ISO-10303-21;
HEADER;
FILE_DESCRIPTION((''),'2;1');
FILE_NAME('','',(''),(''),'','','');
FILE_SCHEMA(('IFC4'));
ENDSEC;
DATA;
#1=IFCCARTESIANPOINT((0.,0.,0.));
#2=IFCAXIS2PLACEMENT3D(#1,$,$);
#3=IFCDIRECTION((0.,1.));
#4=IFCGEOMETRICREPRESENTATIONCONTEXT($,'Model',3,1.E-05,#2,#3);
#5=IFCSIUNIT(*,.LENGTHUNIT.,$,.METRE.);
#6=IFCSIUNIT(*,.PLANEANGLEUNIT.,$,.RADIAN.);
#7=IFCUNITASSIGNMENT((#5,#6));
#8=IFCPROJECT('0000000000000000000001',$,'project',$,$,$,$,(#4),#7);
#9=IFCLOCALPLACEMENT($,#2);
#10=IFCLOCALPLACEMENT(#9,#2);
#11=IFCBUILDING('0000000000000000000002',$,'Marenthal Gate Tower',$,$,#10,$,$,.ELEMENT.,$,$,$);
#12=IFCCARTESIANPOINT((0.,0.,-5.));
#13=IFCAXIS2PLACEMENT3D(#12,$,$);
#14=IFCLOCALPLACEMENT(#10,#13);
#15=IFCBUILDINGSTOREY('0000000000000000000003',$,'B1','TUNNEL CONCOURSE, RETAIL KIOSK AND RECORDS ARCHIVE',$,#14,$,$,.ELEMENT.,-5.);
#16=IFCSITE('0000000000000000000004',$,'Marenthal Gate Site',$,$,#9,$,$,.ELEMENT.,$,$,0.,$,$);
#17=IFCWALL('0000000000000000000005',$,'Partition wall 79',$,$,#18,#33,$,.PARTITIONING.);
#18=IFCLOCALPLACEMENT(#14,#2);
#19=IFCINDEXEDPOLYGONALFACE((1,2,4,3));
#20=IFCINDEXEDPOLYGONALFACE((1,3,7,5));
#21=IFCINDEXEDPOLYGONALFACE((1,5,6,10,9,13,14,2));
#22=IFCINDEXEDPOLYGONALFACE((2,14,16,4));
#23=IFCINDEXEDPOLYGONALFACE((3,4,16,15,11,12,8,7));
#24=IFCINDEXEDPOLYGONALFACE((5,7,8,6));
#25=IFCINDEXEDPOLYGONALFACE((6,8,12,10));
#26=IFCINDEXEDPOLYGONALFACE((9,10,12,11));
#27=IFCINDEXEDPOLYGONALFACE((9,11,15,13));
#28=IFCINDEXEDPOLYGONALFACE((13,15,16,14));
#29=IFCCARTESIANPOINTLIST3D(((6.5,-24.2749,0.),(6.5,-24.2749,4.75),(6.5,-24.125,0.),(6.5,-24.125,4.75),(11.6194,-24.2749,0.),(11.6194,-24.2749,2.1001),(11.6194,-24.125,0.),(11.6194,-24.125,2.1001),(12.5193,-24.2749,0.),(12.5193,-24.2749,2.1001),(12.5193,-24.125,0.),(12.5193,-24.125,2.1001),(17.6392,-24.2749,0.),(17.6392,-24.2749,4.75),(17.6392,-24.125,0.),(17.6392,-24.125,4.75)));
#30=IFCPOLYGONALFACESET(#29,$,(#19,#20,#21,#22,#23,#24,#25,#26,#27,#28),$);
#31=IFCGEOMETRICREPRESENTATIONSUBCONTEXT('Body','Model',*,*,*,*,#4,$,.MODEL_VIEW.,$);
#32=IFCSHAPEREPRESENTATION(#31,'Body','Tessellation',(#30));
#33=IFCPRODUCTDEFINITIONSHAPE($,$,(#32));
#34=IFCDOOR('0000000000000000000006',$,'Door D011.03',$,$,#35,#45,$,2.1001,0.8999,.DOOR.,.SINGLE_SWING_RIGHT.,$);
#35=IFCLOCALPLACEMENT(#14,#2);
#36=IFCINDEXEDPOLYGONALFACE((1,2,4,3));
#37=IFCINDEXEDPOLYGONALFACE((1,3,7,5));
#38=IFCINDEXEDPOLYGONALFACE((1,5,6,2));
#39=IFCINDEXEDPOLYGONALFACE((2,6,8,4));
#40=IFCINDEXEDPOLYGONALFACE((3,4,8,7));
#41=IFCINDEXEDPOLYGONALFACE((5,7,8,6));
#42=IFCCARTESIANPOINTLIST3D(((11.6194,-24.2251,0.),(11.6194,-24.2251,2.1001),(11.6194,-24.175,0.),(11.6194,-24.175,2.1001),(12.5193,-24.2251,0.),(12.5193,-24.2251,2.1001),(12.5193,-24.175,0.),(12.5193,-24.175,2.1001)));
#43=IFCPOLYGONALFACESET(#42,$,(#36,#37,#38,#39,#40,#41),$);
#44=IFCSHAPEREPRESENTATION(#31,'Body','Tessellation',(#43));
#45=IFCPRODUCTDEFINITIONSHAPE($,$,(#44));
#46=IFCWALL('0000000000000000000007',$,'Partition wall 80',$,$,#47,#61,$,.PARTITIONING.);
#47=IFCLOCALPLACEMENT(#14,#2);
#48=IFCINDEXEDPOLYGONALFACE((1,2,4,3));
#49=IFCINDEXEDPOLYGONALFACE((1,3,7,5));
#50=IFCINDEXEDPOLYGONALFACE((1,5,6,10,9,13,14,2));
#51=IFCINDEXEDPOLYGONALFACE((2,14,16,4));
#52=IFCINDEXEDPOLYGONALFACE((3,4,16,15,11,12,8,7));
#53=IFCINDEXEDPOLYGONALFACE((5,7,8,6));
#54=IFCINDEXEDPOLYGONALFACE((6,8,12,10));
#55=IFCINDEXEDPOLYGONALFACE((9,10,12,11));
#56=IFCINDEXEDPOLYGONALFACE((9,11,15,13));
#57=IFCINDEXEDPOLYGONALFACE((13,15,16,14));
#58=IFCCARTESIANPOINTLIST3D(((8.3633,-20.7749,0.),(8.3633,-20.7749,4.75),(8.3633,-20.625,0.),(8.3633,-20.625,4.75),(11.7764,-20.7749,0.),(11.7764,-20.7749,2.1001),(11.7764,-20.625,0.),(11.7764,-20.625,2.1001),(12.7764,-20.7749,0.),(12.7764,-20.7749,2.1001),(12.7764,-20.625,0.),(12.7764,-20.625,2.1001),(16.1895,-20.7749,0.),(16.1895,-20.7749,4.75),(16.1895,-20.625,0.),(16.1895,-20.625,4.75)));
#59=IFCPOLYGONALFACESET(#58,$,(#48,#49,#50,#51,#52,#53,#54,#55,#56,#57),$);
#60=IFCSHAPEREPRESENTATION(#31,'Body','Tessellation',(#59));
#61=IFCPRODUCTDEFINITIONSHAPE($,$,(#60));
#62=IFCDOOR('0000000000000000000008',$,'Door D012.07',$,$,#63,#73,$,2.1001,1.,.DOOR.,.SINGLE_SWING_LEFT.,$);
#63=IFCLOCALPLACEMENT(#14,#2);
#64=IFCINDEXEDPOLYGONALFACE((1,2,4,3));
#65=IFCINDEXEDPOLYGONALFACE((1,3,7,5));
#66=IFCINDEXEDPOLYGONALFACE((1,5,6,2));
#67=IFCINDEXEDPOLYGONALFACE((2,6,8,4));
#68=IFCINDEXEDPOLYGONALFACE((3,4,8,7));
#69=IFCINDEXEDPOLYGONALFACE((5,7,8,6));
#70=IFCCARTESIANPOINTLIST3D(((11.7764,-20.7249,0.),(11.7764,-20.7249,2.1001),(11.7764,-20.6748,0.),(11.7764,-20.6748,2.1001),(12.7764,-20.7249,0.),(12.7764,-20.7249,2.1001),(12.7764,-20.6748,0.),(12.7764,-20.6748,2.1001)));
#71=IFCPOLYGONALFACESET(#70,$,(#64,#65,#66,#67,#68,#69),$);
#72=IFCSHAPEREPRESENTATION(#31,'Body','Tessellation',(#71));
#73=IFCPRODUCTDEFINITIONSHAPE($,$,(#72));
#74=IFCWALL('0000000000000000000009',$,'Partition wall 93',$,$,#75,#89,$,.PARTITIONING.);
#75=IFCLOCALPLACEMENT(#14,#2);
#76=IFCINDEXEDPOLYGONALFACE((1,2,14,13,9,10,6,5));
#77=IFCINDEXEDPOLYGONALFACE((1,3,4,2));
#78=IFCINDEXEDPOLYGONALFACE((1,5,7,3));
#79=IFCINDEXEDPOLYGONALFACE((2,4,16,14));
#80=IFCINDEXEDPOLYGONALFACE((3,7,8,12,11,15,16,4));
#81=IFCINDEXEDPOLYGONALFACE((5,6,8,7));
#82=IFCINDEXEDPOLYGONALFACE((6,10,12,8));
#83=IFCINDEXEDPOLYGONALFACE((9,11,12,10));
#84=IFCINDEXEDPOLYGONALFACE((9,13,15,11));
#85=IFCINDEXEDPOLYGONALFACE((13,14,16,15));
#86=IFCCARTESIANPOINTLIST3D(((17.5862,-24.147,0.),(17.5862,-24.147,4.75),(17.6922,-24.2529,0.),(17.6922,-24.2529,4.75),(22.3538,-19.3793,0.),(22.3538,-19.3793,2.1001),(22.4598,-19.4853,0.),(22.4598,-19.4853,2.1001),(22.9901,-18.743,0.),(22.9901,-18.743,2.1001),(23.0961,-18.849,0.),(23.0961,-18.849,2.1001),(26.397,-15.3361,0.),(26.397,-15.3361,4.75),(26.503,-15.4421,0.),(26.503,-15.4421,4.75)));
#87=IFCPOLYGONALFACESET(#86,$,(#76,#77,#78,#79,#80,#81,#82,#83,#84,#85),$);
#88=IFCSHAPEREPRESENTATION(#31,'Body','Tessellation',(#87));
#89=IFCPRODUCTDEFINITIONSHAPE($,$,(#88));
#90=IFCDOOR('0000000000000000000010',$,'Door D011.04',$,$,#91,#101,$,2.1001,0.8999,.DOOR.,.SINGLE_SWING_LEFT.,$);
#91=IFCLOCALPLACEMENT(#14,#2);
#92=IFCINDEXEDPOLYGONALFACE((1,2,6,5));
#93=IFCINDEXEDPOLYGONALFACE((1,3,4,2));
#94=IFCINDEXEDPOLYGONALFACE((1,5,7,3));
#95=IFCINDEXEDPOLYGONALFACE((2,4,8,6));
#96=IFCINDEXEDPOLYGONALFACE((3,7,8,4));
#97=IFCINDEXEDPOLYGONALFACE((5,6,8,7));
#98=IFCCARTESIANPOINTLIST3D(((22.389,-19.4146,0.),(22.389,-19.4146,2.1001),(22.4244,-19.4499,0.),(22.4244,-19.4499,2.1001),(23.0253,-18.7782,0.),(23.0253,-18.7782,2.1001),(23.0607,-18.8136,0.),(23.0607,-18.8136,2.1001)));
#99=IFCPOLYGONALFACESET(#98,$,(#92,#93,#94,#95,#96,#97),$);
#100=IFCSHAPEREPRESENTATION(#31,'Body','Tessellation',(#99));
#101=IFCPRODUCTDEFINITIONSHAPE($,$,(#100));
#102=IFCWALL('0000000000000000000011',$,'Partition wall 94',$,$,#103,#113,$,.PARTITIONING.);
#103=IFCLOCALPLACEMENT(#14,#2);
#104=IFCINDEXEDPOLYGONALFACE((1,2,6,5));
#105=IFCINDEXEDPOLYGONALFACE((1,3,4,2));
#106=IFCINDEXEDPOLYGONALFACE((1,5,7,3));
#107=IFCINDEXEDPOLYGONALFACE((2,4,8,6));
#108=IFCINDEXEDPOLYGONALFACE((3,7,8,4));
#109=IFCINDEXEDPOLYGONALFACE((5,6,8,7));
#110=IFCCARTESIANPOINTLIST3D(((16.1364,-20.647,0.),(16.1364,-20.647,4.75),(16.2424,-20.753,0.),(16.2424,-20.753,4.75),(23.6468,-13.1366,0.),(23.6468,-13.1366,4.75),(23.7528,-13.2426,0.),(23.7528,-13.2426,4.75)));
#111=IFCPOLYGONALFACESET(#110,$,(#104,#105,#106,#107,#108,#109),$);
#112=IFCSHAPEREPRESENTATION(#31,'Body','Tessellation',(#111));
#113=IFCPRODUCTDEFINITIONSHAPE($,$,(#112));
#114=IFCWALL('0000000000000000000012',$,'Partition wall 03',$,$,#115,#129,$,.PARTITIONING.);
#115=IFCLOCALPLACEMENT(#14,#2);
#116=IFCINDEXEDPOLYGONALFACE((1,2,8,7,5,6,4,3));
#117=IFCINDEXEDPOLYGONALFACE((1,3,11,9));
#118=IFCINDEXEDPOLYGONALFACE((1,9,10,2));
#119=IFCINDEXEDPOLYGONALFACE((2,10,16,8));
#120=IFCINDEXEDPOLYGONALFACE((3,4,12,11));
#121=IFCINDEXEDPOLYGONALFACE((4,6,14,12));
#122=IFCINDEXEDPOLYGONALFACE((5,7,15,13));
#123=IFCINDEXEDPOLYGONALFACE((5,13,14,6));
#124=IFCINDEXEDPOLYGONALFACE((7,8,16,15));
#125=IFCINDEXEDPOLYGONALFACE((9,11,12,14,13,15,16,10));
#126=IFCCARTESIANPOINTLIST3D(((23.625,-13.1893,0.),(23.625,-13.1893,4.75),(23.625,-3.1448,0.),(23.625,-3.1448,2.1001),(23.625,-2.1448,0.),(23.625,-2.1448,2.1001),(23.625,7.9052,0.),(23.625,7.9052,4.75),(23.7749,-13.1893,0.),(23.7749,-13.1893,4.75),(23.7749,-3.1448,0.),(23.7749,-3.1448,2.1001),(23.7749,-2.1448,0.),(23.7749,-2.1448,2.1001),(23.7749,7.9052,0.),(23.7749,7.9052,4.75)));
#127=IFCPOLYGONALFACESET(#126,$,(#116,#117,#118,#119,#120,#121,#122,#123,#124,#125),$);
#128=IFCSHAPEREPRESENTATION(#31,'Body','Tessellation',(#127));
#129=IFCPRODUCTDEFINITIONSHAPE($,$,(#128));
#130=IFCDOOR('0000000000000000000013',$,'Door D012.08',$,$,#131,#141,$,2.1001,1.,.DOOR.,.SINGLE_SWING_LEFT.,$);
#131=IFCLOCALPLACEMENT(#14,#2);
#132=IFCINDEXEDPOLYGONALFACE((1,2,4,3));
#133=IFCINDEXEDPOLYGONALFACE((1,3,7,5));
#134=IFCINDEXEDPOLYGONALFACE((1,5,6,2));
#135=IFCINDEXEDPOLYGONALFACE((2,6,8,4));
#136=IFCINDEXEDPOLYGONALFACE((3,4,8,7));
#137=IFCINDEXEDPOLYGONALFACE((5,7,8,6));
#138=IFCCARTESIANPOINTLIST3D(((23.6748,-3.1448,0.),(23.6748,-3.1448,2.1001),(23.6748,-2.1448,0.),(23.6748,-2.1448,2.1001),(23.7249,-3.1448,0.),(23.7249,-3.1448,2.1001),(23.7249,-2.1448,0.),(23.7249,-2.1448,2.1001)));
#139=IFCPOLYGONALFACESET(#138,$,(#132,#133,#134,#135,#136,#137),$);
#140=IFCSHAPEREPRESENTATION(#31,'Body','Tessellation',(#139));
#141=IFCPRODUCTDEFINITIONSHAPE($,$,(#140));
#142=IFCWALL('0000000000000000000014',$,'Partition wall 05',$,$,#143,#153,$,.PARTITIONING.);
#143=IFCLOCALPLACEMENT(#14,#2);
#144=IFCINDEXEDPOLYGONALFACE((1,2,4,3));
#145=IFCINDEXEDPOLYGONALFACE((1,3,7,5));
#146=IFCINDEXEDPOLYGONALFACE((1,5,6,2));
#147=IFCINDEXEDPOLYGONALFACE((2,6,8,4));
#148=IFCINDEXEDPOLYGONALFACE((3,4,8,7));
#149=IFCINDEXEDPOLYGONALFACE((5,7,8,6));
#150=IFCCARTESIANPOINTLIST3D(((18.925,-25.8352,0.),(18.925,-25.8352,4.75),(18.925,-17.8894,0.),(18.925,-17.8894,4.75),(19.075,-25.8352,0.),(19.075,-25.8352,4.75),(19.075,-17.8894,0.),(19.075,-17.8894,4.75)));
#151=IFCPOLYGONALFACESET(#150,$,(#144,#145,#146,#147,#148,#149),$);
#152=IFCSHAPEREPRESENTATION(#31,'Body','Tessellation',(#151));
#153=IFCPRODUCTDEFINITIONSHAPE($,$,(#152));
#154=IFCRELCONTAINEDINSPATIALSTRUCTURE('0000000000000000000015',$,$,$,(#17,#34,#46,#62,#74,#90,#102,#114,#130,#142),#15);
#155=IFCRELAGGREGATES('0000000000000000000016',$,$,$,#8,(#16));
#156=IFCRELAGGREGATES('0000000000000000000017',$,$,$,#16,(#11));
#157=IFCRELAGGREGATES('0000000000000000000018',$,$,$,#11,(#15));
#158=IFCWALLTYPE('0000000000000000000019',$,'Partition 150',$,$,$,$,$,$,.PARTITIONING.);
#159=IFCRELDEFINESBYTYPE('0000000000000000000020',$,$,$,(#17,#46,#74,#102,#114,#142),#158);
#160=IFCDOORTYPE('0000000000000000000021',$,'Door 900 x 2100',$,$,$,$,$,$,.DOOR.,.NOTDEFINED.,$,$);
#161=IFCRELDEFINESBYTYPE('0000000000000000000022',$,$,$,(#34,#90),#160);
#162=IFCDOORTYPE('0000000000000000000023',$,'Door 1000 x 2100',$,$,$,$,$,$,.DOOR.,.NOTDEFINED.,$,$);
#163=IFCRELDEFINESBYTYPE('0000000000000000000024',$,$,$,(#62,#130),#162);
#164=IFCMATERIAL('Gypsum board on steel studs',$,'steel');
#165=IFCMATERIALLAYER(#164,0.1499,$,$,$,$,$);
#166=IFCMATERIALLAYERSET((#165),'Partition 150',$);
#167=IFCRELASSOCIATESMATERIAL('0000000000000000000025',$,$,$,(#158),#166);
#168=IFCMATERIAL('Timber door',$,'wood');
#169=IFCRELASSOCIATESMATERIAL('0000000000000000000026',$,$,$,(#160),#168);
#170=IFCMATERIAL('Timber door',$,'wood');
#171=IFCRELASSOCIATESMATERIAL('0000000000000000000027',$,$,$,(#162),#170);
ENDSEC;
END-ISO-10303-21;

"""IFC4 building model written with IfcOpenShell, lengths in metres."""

from ifc_helpers import new_model, si_unit, direction, frame, frame_2d, origin, place, context, subcontext, project, spatial, rectangle, extrude, material, layer, layer_set, type_object, element, fill, save


model = new_model("IFC4")

# Units and contexts
model_context = context("Model", 3, precision=1e-05, world=origin(), true_north=direction((0.0, 1.0)))
body_context = subcontext(model_context, "Body", "Model", "MODEL_VIEW")
ifc_project = project(units=[si_unit("LENGTHUNIT", "METRE"), si_unit("PLANEANGLEUNIT", "RADIAN")], contexts=[model_context])

# Site, building, storey
site_placement = place(None, origin())
site = spatial("IfcSite", under=ifc_project, at=site_placement, Name="Marenthal Gate Site", CompositionType="ELEMENT", RefElevation=0.0)
building_placement = place(site_placement, origin())
building = spatial("IfcBuilding", under=site, at=building_placement, Name="Marenthal Gate Tower", CompositionType="ELEMENT")
storey_placement = place(building_placement, frame((0.0, 0.0, -5.0)))
storey = spatial("IfcBuildingStorey", under=building, at=storey_placement, Name="B1", Description="TUNNEL CONCOURSE, RETAIL KIOSK AND RECORDS ARCHIVE", CompositionType="ELEMENT", Elevation=-5.0)

# Shared definitions
ifc_material_1 = material(Name="Gypsum board on steel studs", Category="steel")
ifc_layer_1 = layer(ifc_material_1, 0.1499)
ifc_layer_set_1 = layer_set([ifc_layer_1], Name="Partition 150")
wall_type_1 = type_object("IfcWallType", Name="Partition 150", PredefinedType="PARTITIONING", material=ifc_layer_set_1)

# Walls, openings, doors
wall_1_placement = place(storey_placement, frame((6.5, -24.2, 0.0), z_axis=(0.0, 0.0, 1.0), x_axis=(1.0, 0.0, 0.0)))
wall_1 = element("IfcWall", 1, at=wall_1_placement, inside=storey, type_object=wall_type_1, Name="Partition wall 79", PredefinedType="PARTITIONING", context=body_context, shape_type="SweptSolid", body=[
    extrude(rectangle(XDim=11.1392, YDim=0.1499, at=frame_2d((5.5696, 0.0))), origin(), (0.0, 0.0, 1.0), 4.75),
])
opening_1_placement = place(wall_1_placement, frame((5.1194, 0.0, 0.0)))
opening_1 = element("IfcOpeningElement", 2, at=opening_1_placement, cuts=wall_1, PredefinedType="OPENING", context=body_context, shape_type="SweptSolid", body=[
    extrude(rectangle(XDim=0.8999, YDim=2.1001, at=frame_2d((0.45, 1.05))), frame((0.0, 0.085, 0.0), z_axis=(0.0, -1.0, 0.0), x_axis=(1.0, 0.0, 0.0)), (0.0, 0.0, 1.0), 0.1699),
])
ifc_material_2 = material(Name="Timber door", Category="wood")
door_type_1 = type_object("IfcDoorType", Name="Door 900 x 2100", OperationType="NOTDEFINED", PredefinedType="DOOR", material=ifc_material_2)
door_1_placement = place(opening_1_placement, origin())
door_1 = element("IfcDoor", 3, at=door_1_placement, inside=storey, type_object=door_type_1, Name="Door D011.03", OperationType="SINGLE_SWING_RIGHT", OverallHeight=2.1001, OverallWidth=0.8999, PredefinedType="DOOR", context=body_context, shape_type="SweptSolid", body=[
    extrude(rectangle(XDim=0.8999, YDim=2.1001, at=frame_2d((0.45, 1.05))), frame((0.0, 0.0249, 0.0), z_axis=(0.0, -1.0, 0.0), x_axis=(1.0, 0.0, 0.0)), (0.0, 0.0, 1.0), 0.05),
])
fill(opening_1, door_1)
wall_2_placement = place(storey_placement, frame((8.3633, -20.7, 0.0), z_axis=(0.0, 0.0, 1.0), x_axis=(1.0, 0.0, 0.0)))
wall_2 = element("IfcWall", 4, at=wall_2_placement, inside=storey, type_object=wall_type_1, Name="Partition wall 80", PredefinedType="PARTITIONING", context=body_context, shape_type="SweptSolid", body=[
    extrude(rectangle(XDim=7.8262, YDim=0.1499, at=frame_2d((3.9131, 0.0))), origin(), (0.0, 0.0, 1.0), 4.75),
])
opening_2_placement = place(wall_2_placement, frame((3.4131, 0.0, 0.0)))
opening_2 = element("IfcOpeningElement", 5, at=opening_2_placement, cuts=wall_2, PredefinedType="OPENING", context=body_context, shape_type="SweptSolid", body=[
    extrude(rectangle(XDim=1.0, YDim=2.1001, at=frame_2d((0.5, 1.05))), frame((0.0, 0.085, 0.0), z_axis=(0.0, -1.0, 0.0), x_axis=(1.0, 0.0, 0.0)), (0.0, 0.0, 1.0), 0.1699),
])
ifc_material_3 = material(Name="Timber door", Category="wood")
door_type_2 = type_object("IfcDoorType", Name="Door 1000 x 2100", OperationType="NOTDEFINED", PredefinedType="DOOR", material=ifc_material_3)
door_2_placement = place(opening_2_placement, frame((1.0, 0.0, 0.0), z_axis=(0.0, 0.0, 1.0), x_axis=(-1.0, 0.0, 0.0)))
door_2 = element("IfcDoor", 6, at=door_2_placement, inside=storey, type_object=door_type_2, Name="Door D012.07", OperationType="SINGLE_SWING_LEFT", OverallHeight=2.1001, OverallWidth=1.0, PredefinedType="DOOR", context=body_context, shape_type="SweptSolid", body=[
    extrude(rectangle(XDim=1.0, YDim=2.1001, at=frame_2d((0.5, 1.05))), frame((0.0, 0.0249, 0.0), z_axis=(0.0, -1.0, 0.0), x_axis=(1.0, 0.0, 0.0)), (0.0, 0.0, 1.0), 0.05),
])
fill(opening_2, door_2)
wall_3_placement = place(storey_placement, frame((17.6392, -24.2, 0.0), z_axis=(0.0, 0.0, 1.0), x_axis=(0.707107, 0.707107, 0.0)))
wall_3 = element("IfcWall", 7, at=wall_3_placement, inside=storey, type_object=wall_type_1, Name="Partition wall 93", PredefinedType="PARTITIONING", context=body_context, shape_type="SweptSolid", body=[
    extrude(rectangle(XDim=12.4604, YDim=0.1499, at=frame_2d((6.2302, 0.0))), origin(), (0.0, 0.0, 1.0), 4.75),
])
opening_3_placement = place(wall_3_placement, frame((6.7424, 0.0, 0.0)))
opening_3 = element("IfcOpeningElement", 8, at=opening_3_placement, cuts=wall_3, PredefinedType="OPENING", context=body_context, shape_type="SweptSolid", body=[
    extrude(rectangle(XDim=0.8999, YDim=2.1001, at=frame_2d((0.45, 1.05))), frame((0.0, 0.085, 0.0), z_axis=(0.0, -1.0, 0.0), x_axis=(1.0, 0.0, 0.0)), (0.0, 0.0, 1.0), 0.1699),
])
door_3_placement = place(opening_3_placement, frame((0.8999, 0.0, 0.0), z_axis=(0.0, 0.0, 1.0), x_axis=(-1.0, 0.0, 0.0)))
door_3 = element("IfcDoor", 9, at=door_3_placement, inside=storey, type_object=door_type_1, Name="Door D011.04", OperationType="SINGLE_SWING_LEFT", OverallHeight=2.1001, OverallWidth=0.8999, PredefinedType="DOOR", context=body_context, shape_type="SweptSolid", body=[
    extrude(rectangle(XDim=0.8999, YDim=2.1001, at=frame_2d((0.45, 1.05))), frame((0.0, 0.0249, 0.0), z_axis=(0.0, -1.0, 0.0), x_axis=(1.0, 0.0, 0.0)), (0.0, 0.0, 1.0), 0.05),
])
fill(opening_3, door_3)

# Wall
wall_4_placement = place(storey_placement, frame((16.1895, -20.7, 0.0), z_axis=(0.0, 0.0, 1.0), x_axis=(0.707107, 0.707107, 0.0)))
element("IfcWall", 10, at=wall_4_placement, inside=storey, type_object=wall_type_1, Name="Partition wall 94", PredefinedType="PARTITIONING", context=body_context, shape_type="SweptSolid", body=[
    extrude(rectangle(XDim=10.6213, YDim=0.1499, at=frame_2d((5.3105, 0.0))), origin(), (0.0, 0.0, 1.0), 4.75),
])

# Wall, opening, door
wall_5_placement = place(storey_placement, frame((23.7, -13.1895, 0.0), z_axis=(0.0, 0.0, 1.0), x_axis=(0.0, 1.0, 0.0)))
wall_5 = element("IfcWall", 11, at=wall_5_placement, inside=storey, type_object=wall_type_1, Name="Partition wall 03", PredefinedType="PARTITIONING", context=body_context, shape_type="SweptSolid", body=[
    extrude(rectangle(XDim=21.0945, YDim=0.1499, at=frame_2d((10.5474, 0.0))), origin(), (0.0, 0.0, 1.0), 4.75),
])
opening_4_placement = place(wall_5_placement, frame((10.0447, 0.0, 0.0)))
opening_4 = element("IfcOpeningElement", 12, at=opening_4_placement, cuts=wall_5, PredefinedType="OPENING", context=body_context, shape_type="SweptSolid", body=[
    extrude(rectangle(XDim=1.0, YDim=2.1001, at=frame_2d((0.5, 1.05))), frame((0.0, 0.085, 0.0), z_axis=(0.0, -1.0, 0.0), x_axis=(1.0, 0.0, 0.0)), (0.0, 0.0, 1.0), 0.1699),
])
door_4_placement = place(opening_4_placement, frame((1.0, 0.0, 0.0), z_axis=(0.0, 0.0, 1.0), x_axis=(-1.0, 0.0, 0.0)))
door_4 = element("IfcDoor", 13, at=door_4_placement, inside=storey, type_object=door_type_2, Name="Door D012.08", OperationType="SINGLE_SWING_LEFT", OverallHeight=2.1001, OverallWidth=1.0, PredefinedType="DOOR", context=body_context, shape_type="SweptSolid", body=[
    extrude(rectangle(XDim=1.0, YDim=2.1001, at=frame_2d((0.5, 1.05))), frame((0.0, 0.0249, 0.0), z_axis=(0.0, -1.0, 0.0), x_axis=(1.0, 0.0, 0.0)), (0.0, 0.0, 1.0), 0.05),
])
fill(opening_4, door_4)

# Wall
wall_6_placement = place(storey_placement, frame((19.0, -25.8352, 0.0), z_axis=(0.0, 0.0, 1.0), x_axis=(0.0, 1.0, 0.0)))
element("IfcWall", 14, at=wall_6_placement, inside=storey, type_object=wall_type_1, Name="Partition wall 05", PredefinedType="PARTITIONING", context=body_context, shape_type="SweptSolid", body=[
    extrude(rectangle(XDim=7.9458, YDim=0.1499, at=frame_2d((3.9729, 0.0))), origin(), (0.0, 0.0, 1.0), 4.75),
])

save(model, "model.ifc")
